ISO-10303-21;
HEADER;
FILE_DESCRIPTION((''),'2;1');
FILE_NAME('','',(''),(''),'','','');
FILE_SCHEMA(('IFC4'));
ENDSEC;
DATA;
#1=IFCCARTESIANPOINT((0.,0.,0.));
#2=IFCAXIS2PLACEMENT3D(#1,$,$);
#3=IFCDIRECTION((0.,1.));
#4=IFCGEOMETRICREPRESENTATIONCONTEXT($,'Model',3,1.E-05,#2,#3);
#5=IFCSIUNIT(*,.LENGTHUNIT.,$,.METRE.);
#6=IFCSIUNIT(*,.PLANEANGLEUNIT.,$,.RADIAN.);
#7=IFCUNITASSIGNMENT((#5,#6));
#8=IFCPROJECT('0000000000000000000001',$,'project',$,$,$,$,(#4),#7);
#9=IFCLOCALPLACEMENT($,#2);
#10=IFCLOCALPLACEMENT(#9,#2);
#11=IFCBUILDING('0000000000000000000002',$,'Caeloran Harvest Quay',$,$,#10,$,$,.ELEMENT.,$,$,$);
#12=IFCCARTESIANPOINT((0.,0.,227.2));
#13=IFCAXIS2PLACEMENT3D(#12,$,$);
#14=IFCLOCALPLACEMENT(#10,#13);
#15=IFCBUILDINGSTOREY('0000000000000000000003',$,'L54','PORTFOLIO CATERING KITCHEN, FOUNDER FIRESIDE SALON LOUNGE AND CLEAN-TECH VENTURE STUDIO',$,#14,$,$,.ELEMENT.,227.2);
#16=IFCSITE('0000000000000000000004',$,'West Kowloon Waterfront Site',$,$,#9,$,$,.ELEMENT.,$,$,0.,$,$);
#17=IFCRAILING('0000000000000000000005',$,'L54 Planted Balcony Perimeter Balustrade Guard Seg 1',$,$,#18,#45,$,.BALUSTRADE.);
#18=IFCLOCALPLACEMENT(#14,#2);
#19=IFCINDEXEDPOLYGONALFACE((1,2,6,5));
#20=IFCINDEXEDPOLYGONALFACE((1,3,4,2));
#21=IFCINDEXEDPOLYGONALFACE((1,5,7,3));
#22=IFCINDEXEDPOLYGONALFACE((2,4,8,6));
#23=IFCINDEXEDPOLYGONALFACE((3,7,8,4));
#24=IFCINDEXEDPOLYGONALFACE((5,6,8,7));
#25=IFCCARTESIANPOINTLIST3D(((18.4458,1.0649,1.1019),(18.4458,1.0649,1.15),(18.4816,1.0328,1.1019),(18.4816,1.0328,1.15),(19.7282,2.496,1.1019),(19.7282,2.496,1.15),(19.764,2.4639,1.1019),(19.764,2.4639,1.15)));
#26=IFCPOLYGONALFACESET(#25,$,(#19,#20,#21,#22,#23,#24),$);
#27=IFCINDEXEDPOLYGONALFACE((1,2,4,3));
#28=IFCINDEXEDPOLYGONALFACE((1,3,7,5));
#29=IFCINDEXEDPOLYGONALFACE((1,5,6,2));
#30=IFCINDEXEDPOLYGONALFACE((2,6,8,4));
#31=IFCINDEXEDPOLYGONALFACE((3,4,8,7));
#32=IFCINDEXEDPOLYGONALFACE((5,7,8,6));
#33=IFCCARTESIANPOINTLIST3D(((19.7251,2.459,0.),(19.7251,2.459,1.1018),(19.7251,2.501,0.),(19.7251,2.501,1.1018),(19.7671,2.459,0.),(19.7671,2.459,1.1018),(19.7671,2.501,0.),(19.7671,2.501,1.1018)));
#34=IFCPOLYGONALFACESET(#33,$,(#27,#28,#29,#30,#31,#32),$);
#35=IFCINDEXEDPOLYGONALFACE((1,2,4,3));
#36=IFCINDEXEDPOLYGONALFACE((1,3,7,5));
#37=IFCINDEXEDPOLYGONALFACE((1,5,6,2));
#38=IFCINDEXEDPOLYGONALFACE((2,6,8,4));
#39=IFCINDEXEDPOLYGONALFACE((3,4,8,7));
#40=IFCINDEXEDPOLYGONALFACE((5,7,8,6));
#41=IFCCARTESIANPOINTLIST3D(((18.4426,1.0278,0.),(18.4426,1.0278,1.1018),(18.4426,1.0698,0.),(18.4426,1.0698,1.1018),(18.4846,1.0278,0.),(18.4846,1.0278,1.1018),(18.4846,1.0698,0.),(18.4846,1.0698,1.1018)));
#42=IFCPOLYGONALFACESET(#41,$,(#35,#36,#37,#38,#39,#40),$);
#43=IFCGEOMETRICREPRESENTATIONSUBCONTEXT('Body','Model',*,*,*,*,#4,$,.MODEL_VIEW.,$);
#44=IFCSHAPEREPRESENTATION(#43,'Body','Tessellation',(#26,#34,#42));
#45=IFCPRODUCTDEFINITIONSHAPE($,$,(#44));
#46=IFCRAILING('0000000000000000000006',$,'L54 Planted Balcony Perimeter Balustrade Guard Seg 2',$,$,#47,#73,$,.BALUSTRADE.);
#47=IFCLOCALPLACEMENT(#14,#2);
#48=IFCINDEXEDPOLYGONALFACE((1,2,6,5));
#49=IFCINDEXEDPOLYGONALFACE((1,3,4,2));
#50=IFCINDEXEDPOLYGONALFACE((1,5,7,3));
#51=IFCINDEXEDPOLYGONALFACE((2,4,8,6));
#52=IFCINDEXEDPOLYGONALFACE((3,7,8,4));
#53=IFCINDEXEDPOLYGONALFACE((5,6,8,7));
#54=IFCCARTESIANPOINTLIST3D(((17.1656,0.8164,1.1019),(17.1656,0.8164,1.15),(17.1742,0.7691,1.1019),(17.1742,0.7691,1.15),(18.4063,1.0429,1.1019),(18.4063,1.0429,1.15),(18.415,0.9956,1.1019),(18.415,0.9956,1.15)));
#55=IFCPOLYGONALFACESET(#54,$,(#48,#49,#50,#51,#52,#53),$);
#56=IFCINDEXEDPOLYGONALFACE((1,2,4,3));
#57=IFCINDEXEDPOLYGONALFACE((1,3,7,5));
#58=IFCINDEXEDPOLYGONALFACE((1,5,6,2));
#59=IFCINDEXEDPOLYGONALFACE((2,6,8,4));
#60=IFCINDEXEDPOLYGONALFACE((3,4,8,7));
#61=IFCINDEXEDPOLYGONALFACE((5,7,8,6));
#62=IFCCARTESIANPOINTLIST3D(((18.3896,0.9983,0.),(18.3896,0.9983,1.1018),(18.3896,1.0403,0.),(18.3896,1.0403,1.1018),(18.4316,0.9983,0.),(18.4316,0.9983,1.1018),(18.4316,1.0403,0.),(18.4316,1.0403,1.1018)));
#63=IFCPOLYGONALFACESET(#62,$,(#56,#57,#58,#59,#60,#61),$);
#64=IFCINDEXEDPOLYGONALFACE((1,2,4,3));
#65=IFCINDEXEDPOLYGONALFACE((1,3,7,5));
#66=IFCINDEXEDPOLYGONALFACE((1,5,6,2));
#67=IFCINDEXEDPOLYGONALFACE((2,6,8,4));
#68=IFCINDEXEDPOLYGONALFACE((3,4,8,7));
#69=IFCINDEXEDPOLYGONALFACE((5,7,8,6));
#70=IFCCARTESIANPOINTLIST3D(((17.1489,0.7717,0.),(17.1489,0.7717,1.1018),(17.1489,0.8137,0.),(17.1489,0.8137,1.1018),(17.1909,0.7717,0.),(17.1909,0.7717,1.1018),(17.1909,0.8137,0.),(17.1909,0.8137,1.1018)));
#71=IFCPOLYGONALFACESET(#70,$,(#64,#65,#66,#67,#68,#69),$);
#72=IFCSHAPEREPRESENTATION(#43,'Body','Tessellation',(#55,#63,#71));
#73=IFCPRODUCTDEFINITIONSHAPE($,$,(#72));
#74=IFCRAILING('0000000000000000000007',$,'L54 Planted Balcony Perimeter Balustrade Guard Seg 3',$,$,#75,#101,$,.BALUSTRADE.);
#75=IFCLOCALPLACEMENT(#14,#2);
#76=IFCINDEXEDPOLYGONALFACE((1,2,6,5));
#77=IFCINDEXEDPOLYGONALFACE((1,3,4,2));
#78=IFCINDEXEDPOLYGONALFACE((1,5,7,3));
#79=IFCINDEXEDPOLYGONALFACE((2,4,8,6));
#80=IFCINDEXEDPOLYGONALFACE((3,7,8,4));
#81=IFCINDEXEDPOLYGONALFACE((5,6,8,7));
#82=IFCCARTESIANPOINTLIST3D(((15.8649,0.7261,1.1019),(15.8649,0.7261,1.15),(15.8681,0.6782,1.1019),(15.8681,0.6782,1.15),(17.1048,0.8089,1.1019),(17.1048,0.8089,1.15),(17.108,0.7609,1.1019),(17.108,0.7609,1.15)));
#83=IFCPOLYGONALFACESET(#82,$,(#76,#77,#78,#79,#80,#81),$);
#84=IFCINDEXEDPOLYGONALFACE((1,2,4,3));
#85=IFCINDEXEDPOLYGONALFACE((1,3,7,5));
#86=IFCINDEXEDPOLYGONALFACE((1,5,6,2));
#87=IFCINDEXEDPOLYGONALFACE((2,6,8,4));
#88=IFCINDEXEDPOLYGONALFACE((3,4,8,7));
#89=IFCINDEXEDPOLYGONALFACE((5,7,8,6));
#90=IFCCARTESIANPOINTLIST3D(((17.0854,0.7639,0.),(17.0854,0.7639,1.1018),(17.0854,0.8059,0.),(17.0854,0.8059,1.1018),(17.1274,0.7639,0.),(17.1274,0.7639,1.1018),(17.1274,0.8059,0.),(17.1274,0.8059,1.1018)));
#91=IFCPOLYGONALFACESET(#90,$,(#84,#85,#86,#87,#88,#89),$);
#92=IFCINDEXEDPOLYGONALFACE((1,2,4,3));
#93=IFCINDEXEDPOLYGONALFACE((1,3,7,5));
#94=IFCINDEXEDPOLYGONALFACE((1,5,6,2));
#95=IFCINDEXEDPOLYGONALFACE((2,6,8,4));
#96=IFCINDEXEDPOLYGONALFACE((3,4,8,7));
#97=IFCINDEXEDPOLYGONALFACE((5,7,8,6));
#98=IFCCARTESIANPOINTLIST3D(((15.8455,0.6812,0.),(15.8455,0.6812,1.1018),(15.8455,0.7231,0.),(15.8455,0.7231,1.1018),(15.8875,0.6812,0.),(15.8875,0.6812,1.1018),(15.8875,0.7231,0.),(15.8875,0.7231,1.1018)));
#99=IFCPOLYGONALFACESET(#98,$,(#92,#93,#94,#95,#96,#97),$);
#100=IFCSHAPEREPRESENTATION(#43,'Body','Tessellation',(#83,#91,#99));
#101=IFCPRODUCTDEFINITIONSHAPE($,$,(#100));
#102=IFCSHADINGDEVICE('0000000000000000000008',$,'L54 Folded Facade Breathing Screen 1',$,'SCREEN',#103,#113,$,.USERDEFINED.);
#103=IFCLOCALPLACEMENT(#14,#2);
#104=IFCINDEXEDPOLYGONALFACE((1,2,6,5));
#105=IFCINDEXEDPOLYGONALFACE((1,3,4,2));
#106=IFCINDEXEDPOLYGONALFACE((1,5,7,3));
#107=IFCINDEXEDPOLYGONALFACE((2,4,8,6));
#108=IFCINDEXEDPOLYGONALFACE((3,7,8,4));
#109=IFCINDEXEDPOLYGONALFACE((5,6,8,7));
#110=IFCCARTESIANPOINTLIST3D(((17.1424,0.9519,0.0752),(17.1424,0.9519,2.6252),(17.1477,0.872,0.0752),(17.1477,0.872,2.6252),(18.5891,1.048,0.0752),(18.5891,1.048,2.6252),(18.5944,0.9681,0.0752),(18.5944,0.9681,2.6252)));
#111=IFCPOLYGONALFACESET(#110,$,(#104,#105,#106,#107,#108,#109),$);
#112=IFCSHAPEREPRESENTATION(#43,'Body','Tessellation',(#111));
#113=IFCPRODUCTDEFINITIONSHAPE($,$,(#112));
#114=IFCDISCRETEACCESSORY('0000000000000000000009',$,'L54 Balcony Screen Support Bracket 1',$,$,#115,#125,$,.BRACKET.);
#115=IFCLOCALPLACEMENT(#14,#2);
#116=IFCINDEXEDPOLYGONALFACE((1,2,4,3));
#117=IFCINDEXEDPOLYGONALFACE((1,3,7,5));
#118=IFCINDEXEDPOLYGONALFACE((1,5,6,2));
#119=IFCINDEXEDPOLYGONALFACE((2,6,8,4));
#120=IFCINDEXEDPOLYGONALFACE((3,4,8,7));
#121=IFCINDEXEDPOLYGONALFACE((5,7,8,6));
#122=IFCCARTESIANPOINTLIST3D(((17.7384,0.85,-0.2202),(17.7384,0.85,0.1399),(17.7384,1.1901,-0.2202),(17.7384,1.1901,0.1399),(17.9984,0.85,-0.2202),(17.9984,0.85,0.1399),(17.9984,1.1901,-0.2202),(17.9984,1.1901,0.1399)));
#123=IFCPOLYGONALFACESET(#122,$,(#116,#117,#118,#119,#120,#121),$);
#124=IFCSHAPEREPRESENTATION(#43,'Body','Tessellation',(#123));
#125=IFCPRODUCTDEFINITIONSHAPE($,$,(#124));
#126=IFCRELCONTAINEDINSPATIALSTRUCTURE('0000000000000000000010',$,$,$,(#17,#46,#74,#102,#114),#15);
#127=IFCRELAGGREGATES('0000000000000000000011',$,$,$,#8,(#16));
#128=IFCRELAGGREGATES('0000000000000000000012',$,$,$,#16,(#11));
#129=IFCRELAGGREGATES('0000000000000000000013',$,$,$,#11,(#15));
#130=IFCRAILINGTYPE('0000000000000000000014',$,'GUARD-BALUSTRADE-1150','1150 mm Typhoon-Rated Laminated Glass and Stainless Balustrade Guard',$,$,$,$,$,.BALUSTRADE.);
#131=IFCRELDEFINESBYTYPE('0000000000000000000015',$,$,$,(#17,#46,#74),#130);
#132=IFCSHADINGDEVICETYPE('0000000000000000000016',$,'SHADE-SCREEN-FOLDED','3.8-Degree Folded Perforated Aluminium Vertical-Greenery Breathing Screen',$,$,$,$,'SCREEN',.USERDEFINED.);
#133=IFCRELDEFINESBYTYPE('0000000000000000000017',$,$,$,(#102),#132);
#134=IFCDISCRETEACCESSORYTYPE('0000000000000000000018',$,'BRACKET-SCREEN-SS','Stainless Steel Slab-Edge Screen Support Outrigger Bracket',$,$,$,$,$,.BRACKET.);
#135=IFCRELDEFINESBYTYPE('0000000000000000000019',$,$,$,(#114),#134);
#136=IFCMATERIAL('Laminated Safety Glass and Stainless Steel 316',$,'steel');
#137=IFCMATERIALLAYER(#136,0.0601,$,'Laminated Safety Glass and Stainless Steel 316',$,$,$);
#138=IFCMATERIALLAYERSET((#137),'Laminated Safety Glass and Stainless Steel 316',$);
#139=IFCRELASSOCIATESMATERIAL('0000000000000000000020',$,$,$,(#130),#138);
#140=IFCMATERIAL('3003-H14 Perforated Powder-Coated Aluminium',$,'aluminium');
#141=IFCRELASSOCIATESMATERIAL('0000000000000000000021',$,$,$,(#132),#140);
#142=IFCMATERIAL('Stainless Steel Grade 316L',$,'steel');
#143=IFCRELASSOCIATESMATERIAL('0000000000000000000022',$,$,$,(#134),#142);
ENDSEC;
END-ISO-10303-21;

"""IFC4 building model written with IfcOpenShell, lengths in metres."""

from ifc_helpers import new_model, si_unit, direction, frame, origin, origin_2d, place, context, subcontext, project, spatial, rectangle, extrude, material, layer, layer_set, type_object, element, save


model = new_model("IFC4")

# Units and contexts
model_context = context("Model", 3, precision=1e-05, world=origin(), true_north=direction((0.0, 1.0)))
body_context = subcontext(model_context, "Body", "Model", "MODEL_VIEW")
ifc_project = project(units=[si_unit("LENGTHUNIT", "METRE"), si_unit("PLANEANGLEUNIT", "RADIAN")], contexts=[model_context])

# Site, building, storey
site_placement = place(None, origin())
site = spatial("IfcSite", under=ifc_project, at=site_placement, Name="West Kowloon Waterfront Site", CompositionType="ELEMENT", RefElevation=0.0)
building_placement = place(site_placement, origin())
building = spatial("IfcBuilding", under=site, at=building_placement, Name="Caeloran Harvest Quay", CompositionType="ELEMENT")
storey_placement = place(building_placement, frame((0.0, 0.0, 227.2)))
storey = spatial("IfcBuildingStorey", under=building, at=storey_placement, Name="L54", Description="PORTFOLIO CATERING KITCHEN, FOUNDER FIRESIDE SALON LOUNGE AND CLEAN-TECH VENTURE STUDIO", CompositionType="ELEMENT", Elevation=227.2)

# Railings
ifc_material_1 = material(Name="Laminated Safety Glass and Stainless Steel 316", Category="steel")
ifc_layer_1 = layer(ifc_material_1, 0.0601, Name="Laminated Safety Glass and Stainless Steel 316")
ifc_layer_set_1 = layer_set([ifc_layer_1], Name="Laminated Safety Glass and Stainless Steel 316")
railing_type = type_object("IfcRailingType", Name="GUARD-BALUSTRADE-1150", Description="1150 mm Typhoon-Rated Laminated Glass and Stainless Balustrade Guard", PredefinedType="BALUSTRADE", material=ifc_layer_set_1)
railing_1_placement = place(storey_placement, frame((19.7461, 2.48, 0.0)))
element("IfcRailing", 1, at=railing_1_placement, inside=storey, type_object=railing_type, Name="L54 Planted Balcony Perimeter Balustrade Guard Seg 1", PredefinedType="BALUSTRADE", context=body_context, shape_type="SweptSolid", body=[
    extrude(rectangle(XDim=0.0481, YDim=0.0481, at=origin_2d()), frame((0.0, 0.0, 1.126), z_axis=(-0.667363, -0.744733, 0.0), x_axis=(0.744733, -0.667363, 0.0)), (0.0, 0.0, 1.0), 1.9216),
    extrude(rectangle(XDim=0.042, YDim=0.042, at=origin_2d()), origin(), (0.0, 0.0, 1.0), 1.1018),
    extrude(rectangle(XDim=0.042, YDim=0.042, at=origin_2d()), frame((-1.2825, -1.4312, 0.0)), (0.0, 0.0, 1.0), 1.1018),
])
railing_2_placement = place(storey_placement, frame((18.4106, 1.0193, 0.0)))
element("IfcRailing", 2, at=railing_2_placement, inside=storey, type_object=railing_type, Name="L54 Planted Balcony Perimeter Balustrade Guard Seg 2", PredefinedType="BALUSTRADE", context=body_context, shape_type="SweptSolid", body=[
    extrude(rectangle(XDim=0.0481, YDim=0.0481, at=origin_2d()), frame((0.0, 0.0, 1.126), z_axis=(-0.983733, -0.179635, 0.0), x_axis=(0.179635, -0.983733, 0.0)), (0.0, 0.0, 1.0), 1.2612),
    extrude(rectangle(XDim=0.042, YDim=0.042, at=origin_2d()), origin(), (0.0, 0.0, 1.0), 1.1018),
    extrude(rectangle(XDim=0.042, YDim=0.042, at=origin_2d()), frame((-1.2407, -0.2266, 0.0)), (0.0, 0.0, 1.0), 1.1018),
])
railing_3_placement = place(storey_placement, frame((17.1064, 0.7849, 0.0)))
element("IfcRailing", 3, at=railing_3_placement, inside=storey, type_object=railing_type, Name="L54 Planted Balcony Perimeter Balustrade Guard Seg 3", PredefinedType="BALUSTRADE", context=body_context, shape_type="SweptSolid", body=[
    extrude(rectangle(XDim=0.0481, YDim=0.0481, at=origin_2d()), frame((0.0, 0.0, 1.126), z_axis=(-0.99778, -0.066597, 0.0), x_axis=(0.066597, -0.99778, 0.0)), (0.0, 0.0, 1.0), 1.2427),
    extrude(rectangle(XDim=0.042, YDim=0.042, at=origin_2d()), origin(), (0.0, 0.0, 1.0), 1.1018),
    extrude(rectangle(XDim=0.042, YDim=0.042, at=origin_2d()), frame((-1.24, -0.0828, 0.0)), (0.0, 0.0, 1.0), 1.1018),
])

# Shading device
ifc_material_2 = material(Name="3003-H14 Perforated Powder-Coated Aluminium", Category="aluminium")
shading_device_type = type_object("IfcShadingDeviceType", Name="SHADE-SCREEN-FOLDED", Description="3.8-Degree Folded Perforated Aluminium Vertical-Greenery Breathing Screen", ElementType="SCREEN", PredefinedType="USERDEFINED", material=ifc_material_2)
shading_device_placement = place(storey_placement, frame((17.8684, 0.96, 0.0752), z_axis=(0.0, 0.0, 1.0), x_axis=(0.997801, 0.066274, 0.0)))
element("IfcShadingDevice", 4, at=shading_device_placement, inside=storey, type_object=shading_device_type, Name="L54 Folded Facade Breathing Screen 1", ObjectType="SCREEN", PredefinedType="USERDEFINED", context=body_context, shape_type="SweptSolid", body=[
    extrude(rectangle(XDim=1.45, YDim=0.0801, at=origin_2d()), origin(), (0.0, 0.0, 1.0), 2.55),
])

# Discrete accessory
ifc_material_3 = material(Name="Stainless Steel Grade 316L", Category="steel")
discrete_accessory_type = type_object("IfcDiscreteAccessoryType", Name="BRACKET-SCREEN-SS", Description="Stainless Steel Slab-Edge Screen Support Outrigger Bracket", PredefinedType="BRACKET", material=ifc_material_3)
discrete_accessory_placement = place(storey_placement, frame((17.8684, 1.02, -0.2202), z_axis=(0.0, 0.0, 1.0), x_axis=(1.0, 0.0, 0.0)))
element("IfcDiscreteAccessory", 5, at=discrete_accessory_placement, inside=storey, type_object=discrete_accessory_type, Name="L54 Balcony Screen Support Bracket 1", PredefinedType="BRACKET", context=body_context, shape_type="SweptSolid", body=[
    extrude(rectangle(XDim=0.26, YDim=0.3401, at=origin_2d()), origin(), (0.0, 0.0, 1.0), 0.3601),
])

save(model, "model.ifc")
